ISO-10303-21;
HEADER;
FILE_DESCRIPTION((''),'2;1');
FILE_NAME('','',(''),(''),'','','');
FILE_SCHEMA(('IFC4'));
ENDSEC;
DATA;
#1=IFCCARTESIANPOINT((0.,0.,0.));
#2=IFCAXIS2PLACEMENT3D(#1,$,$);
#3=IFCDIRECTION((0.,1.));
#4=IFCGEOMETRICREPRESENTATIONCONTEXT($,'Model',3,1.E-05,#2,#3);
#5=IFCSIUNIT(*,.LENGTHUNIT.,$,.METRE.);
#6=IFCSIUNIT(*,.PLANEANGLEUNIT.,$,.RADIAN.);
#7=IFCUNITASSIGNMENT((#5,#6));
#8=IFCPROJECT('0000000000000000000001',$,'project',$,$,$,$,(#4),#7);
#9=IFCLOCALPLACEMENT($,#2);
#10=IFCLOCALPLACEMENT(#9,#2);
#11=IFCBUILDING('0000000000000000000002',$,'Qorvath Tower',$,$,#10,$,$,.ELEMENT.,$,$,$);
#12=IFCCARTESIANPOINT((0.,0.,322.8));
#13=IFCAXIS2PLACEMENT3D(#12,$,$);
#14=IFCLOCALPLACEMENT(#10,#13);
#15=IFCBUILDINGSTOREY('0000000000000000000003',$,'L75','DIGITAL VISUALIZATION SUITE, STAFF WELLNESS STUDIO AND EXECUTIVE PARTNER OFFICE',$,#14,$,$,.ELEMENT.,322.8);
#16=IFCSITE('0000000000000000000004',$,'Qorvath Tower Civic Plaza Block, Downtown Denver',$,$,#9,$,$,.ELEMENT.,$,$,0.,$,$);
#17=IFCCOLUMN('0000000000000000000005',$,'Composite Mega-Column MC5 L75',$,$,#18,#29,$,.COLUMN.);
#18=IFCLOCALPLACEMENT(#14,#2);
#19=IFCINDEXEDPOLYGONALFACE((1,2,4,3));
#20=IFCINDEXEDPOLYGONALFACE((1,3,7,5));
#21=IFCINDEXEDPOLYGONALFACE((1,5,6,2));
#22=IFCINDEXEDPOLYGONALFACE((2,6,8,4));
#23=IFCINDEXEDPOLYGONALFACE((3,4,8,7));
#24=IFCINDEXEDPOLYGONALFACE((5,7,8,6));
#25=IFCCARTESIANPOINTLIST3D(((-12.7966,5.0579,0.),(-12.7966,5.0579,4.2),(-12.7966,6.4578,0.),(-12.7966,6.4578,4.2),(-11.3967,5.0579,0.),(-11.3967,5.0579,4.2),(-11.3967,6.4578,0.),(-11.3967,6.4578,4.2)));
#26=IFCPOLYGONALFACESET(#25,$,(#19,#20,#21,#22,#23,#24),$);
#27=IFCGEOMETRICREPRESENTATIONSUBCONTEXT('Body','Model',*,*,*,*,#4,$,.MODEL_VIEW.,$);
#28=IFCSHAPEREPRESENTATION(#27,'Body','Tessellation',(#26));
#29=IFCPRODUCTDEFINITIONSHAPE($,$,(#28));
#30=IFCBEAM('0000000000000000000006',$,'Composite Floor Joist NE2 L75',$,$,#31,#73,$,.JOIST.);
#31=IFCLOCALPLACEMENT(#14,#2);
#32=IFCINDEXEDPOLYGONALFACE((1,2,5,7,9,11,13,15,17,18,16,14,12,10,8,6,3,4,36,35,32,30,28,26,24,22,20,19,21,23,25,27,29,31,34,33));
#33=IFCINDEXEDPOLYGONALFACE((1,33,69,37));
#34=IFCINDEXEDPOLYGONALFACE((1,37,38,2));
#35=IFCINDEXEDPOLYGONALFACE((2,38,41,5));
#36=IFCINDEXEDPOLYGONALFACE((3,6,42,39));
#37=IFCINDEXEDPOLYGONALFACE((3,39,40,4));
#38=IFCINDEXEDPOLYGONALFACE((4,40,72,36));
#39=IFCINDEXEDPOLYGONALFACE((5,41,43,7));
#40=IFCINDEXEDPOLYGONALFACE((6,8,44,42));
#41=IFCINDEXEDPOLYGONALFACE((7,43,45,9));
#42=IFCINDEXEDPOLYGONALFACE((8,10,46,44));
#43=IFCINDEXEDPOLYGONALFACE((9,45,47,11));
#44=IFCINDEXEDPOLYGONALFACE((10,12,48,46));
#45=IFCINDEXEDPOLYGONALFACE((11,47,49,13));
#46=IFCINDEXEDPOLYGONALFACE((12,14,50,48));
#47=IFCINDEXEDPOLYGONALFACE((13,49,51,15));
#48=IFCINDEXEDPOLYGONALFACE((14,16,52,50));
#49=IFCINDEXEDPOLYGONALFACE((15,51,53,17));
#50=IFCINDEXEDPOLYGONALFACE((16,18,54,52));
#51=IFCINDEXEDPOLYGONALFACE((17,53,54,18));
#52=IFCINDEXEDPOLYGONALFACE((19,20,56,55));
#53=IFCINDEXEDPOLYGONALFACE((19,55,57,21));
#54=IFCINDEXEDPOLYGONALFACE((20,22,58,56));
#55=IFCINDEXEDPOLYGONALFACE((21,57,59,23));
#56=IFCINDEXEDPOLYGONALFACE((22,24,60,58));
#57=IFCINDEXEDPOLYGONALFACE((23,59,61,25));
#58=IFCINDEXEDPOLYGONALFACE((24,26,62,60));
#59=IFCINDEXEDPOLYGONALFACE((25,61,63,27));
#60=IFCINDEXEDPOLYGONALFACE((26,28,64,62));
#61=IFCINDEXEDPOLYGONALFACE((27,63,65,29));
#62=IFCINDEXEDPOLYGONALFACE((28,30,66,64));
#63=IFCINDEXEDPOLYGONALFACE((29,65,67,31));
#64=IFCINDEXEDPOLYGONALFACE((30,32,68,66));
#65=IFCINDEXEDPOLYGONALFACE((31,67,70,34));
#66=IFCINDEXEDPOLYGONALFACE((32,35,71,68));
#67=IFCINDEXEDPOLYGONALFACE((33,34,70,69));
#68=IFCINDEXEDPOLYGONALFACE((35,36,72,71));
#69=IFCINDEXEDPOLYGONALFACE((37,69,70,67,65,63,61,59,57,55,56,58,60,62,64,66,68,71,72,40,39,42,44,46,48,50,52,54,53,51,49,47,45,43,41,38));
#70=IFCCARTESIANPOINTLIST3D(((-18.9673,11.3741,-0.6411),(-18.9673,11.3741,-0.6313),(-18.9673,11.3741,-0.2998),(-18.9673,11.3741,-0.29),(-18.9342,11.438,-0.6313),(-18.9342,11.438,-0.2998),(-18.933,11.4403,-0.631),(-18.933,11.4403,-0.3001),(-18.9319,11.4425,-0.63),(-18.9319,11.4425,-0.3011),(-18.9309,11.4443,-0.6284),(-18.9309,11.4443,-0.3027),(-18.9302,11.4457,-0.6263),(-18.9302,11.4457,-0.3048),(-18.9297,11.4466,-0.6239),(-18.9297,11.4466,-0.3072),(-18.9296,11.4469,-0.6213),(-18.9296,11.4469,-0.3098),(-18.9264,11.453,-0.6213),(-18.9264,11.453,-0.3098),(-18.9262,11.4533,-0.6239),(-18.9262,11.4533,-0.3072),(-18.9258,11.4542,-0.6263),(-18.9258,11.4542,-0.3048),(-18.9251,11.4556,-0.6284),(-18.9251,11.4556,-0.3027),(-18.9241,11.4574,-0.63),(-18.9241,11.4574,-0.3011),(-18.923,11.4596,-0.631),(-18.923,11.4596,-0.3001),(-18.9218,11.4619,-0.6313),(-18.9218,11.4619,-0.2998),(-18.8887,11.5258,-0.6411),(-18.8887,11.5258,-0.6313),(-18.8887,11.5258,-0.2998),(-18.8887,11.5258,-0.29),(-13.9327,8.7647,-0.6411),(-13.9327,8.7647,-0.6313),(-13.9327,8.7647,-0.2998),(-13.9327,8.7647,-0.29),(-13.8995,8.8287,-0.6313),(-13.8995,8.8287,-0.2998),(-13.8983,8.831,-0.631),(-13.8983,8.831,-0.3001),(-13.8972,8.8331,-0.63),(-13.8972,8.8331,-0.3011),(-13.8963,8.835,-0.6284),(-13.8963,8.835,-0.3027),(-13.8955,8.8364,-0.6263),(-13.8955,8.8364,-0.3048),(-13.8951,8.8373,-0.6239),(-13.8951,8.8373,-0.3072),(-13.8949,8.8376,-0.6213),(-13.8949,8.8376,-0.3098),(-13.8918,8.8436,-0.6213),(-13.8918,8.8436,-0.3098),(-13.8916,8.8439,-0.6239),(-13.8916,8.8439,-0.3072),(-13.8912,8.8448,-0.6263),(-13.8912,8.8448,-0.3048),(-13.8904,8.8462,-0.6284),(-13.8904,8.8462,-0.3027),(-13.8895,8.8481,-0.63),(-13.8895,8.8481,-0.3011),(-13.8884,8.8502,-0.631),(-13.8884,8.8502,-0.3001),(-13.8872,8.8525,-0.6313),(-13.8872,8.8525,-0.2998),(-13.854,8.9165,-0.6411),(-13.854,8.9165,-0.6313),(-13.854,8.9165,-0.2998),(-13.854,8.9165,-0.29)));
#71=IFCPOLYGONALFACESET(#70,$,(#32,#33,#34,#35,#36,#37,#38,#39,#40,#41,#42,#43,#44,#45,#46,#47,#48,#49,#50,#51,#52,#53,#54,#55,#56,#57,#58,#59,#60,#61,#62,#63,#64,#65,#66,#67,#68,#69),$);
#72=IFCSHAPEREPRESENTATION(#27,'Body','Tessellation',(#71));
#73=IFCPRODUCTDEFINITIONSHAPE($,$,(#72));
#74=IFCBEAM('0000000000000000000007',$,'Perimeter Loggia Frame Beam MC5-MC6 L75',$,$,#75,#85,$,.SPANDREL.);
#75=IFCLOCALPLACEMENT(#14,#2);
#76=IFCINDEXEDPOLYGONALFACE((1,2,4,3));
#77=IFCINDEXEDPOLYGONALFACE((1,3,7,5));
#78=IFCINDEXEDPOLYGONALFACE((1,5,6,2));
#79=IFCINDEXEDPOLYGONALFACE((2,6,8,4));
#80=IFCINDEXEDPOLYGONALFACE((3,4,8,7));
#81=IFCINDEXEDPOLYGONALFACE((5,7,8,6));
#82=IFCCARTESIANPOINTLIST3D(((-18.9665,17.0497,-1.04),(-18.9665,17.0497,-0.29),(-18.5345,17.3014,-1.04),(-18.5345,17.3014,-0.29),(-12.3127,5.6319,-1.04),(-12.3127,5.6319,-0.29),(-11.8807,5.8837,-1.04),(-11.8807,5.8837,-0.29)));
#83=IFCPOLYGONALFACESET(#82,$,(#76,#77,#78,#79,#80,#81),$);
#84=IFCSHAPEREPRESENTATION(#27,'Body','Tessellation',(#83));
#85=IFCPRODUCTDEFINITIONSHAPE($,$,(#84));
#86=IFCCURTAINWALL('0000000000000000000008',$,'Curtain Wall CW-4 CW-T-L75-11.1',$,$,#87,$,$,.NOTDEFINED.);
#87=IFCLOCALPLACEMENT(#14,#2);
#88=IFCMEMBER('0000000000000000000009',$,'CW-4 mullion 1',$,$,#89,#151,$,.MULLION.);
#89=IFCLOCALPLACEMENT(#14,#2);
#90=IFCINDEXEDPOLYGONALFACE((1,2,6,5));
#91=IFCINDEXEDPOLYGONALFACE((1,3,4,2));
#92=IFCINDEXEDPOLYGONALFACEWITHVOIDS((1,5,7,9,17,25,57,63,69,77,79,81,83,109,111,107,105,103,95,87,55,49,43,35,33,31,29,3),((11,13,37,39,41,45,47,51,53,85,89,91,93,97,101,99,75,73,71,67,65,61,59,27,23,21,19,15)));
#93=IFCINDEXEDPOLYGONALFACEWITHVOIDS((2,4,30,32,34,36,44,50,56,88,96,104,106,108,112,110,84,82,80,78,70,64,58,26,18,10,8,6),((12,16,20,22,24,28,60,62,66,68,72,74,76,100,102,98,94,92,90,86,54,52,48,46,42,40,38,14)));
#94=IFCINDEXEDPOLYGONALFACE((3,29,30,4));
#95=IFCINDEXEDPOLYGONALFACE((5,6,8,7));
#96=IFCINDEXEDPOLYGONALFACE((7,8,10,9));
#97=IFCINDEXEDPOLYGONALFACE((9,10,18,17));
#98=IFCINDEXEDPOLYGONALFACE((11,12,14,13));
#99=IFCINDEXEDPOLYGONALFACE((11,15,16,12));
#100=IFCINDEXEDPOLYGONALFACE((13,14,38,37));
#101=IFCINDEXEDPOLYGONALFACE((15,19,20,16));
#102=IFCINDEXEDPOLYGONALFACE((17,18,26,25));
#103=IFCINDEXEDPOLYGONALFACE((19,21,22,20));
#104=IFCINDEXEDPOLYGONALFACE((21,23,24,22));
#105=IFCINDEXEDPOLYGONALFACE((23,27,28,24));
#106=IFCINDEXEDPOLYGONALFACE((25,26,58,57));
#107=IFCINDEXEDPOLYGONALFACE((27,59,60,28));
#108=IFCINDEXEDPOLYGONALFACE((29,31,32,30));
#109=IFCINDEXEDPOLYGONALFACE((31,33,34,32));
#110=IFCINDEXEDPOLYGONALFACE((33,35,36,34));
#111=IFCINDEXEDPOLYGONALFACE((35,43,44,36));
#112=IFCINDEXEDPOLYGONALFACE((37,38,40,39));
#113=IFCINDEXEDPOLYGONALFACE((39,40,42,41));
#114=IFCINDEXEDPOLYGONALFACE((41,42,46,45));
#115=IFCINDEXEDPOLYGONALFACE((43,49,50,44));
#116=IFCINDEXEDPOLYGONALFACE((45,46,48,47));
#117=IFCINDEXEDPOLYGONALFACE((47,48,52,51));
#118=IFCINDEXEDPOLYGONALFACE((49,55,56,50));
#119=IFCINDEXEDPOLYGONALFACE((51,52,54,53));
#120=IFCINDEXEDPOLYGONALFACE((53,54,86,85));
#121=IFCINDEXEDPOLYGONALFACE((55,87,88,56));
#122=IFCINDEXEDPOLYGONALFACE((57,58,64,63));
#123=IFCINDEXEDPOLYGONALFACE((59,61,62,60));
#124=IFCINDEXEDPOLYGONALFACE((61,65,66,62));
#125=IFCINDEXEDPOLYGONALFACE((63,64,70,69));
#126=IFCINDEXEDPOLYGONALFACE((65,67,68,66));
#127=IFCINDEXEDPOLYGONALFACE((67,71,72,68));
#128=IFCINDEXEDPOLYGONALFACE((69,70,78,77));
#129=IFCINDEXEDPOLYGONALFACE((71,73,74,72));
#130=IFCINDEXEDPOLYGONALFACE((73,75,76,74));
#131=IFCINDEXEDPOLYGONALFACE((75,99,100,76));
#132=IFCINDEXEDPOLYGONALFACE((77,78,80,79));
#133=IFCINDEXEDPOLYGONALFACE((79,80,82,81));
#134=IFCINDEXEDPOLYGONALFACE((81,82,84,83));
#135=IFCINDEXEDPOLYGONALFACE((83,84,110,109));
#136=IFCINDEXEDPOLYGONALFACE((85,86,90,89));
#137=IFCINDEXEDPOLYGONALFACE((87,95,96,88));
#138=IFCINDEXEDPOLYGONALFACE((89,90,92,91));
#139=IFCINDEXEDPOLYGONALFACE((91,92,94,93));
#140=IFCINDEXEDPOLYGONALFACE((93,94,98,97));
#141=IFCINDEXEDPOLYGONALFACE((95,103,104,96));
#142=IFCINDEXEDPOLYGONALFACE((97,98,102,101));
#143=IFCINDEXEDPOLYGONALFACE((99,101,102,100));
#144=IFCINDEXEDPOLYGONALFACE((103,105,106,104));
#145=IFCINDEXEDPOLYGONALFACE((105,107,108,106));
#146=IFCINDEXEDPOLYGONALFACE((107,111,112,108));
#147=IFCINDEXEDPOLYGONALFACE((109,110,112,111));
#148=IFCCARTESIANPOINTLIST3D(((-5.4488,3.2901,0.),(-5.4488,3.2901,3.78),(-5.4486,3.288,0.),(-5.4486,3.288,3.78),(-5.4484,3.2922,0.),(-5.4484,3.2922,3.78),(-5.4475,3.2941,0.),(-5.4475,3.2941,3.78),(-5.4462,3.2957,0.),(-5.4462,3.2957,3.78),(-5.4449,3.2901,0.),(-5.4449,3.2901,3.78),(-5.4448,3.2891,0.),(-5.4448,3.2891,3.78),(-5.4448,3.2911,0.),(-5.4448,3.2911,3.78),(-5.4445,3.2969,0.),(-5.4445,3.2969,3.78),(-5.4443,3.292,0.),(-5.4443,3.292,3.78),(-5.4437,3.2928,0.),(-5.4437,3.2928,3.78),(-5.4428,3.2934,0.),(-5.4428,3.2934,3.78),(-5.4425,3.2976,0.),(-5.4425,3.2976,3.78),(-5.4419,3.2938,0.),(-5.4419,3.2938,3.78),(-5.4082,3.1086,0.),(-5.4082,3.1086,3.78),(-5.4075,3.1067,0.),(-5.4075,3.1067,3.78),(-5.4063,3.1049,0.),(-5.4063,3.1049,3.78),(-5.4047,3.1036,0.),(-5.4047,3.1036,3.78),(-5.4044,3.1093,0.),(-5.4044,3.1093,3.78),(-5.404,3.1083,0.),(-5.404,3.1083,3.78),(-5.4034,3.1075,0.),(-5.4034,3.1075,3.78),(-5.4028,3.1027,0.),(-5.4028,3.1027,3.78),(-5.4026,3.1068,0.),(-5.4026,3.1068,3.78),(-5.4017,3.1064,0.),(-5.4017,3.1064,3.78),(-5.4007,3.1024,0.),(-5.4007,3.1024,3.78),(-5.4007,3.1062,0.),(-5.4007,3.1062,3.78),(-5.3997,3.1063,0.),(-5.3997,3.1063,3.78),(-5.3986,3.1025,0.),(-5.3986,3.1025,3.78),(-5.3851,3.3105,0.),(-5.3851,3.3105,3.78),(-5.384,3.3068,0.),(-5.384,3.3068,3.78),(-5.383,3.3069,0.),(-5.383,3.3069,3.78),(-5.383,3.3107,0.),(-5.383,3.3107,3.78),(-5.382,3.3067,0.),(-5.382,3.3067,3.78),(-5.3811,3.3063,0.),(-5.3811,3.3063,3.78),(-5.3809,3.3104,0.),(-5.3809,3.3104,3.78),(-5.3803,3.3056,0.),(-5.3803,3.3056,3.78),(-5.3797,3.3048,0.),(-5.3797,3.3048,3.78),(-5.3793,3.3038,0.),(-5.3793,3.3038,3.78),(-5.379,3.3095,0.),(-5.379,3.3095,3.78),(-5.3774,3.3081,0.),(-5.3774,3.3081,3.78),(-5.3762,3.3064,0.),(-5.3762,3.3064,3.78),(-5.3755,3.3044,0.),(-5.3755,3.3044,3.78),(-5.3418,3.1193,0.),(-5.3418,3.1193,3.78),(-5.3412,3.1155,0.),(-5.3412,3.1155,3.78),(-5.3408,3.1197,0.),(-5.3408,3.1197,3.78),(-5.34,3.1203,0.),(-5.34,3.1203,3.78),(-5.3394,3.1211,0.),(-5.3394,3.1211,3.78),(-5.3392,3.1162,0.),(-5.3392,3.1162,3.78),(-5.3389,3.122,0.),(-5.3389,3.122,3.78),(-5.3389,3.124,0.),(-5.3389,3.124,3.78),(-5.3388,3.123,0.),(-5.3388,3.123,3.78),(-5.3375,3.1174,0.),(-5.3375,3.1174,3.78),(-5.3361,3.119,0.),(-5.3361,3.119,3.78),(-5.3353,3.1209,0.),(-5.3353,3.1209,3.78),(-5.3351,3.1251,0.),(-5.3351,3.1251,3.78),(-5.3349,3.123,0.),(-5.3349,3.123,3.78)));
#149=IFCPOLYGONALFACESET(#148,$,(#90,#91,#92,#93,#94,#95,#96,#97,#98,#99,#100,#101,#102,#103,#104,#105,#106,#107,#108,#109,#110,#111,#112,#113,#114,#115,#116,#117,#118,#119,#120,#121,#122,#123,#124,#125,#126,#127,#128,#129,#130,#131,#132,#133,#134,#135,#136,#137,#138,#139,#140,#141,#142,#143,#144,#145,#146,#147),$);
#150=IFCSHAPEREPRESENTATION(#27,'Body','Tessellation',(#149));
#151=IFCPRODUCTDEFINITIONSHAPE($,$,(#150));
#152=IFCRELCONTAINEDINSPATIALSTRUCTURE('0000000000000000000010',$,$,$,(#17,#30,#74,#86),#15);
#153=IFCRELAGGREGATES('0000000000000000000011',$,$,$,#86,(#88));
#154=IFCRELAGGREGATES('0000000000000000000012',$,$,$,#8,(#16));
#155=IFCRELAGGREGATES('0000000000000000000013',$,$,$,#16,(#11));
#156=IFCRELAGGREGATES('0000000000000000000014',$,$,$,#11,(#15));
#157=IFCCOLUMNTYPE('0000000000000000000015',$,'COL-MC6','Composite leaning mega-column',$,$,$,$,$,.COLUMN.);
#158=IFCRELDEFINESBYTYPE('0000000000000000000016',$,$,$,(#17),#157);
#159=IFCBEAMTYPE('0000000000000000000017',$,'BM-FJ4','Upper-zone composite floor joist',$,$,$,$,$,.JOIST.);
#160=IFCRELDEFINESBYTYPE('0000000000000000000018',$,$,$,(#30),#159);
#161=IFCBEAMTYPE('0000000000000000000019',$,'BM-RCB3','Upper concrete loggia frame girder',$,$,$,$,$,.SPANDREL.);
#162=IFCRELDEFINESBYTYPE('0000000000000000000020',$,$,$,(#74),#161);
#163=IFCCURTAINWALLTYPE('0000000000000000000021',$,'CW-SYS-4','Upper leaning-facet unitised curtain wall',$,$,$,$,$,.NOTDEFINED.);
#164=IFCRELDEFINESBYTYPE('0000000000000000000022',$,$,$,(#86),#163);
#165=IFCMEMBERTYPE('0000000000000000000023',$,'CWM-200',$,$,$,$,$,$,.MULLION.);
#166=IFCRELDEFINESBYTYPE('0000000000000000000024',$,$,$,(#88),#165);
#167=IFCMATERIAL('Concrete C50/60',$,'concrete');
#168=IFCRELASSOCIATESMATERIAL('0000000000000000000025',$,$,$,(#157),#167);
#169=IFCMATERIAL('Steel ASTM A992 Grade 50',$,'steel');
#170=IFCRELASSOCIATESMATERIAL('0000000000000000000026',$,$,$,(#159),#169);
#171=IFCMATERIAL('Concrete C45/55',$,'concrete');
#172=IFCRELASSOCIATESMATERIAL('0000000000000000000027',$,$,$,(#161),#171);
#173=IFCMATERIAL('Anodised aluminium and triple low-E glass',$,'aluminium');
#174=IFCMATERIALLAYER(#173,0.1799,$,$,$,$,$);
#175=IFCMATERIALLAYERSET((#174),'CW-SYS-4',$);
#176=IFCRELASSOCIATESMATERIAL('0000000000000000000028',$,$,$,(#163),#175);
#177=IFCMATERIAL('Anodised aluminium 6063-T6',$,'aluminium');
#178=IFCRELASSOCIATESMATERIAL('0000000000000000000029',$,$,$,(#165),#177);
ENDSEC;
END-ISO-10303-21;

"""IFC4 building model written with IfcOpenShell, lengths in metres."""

from ifc_helpers import new_model, si_unit, direction, frame, origin, origin_2d, place, context, subcontext, project, spatial, rectangle, hollow_rectangle, i_section, extrude, material, layer, layer_set, material_profile, profile_set, type_object, element, aggregate, save


model = new_model("IFC4")

# Units and contexts
model_context = context("Model", 3, precision=1e-05, world=origin(), true_north=direction((0.0, 1.0)))
body_context = subcontext(model_context, "Body", "Model", "MODEL_VIEW")
ifc_project = project(units=[si_unit("LENGTHUNIT", "METRE"), si_unit("PLANEANGLEUNIT", "RADIAN")], contexts=[model_context])

# Site, building, storey
site_placement = place(None, origin())
site = spatial("IfcSite", under=ifc_project, at=site_placement, Name="Qorvath Tower Civic Plaza Block, Downtown Denver", CompositionType="ELEMENT", RefElevation=0.0)
building_placement = place(site_placement, origin())
building = spatial("IfcBuilding", under=site, at=building_placement, Name="Qorvath Tower", CompositionType="ELEMENT")
storey_placement = place(building_placement, frame((0.0, 0.0, 322.8)))
storey = spatial("IfcBuildingStorey", under=building, at=storey_placement, Name="L75", Description="DIGITAL VISUALIZATION SUITE, STAFF WELLNESS STUDIO AND EXECUTIVE PARTNER OFFICE", CompositionType="ELEMENT", Elevation=322.8)

# Column
ifc_material_1 = material(Name="Concrete C50/60", Category="concrete")
ifc_material_profile_1 = material_profile(ifc_material_1, rectangle(XDim=1.3999, YDim=1.3999, at=origin_2d()), Name="MC 1400x1400")
ifc_profile_set_1 = profile_set([ifc_material_profile_1], Name="Concrete C50/60")
column_type = type_object("IfcColumnType", Name="COL-MC6", Description="Composite leaning mega-column", PredefinedType="COLUMN", material=ifc_profile_set_1)
column_placement = place(storey_placement, frame((-12.0967, 5.7578, 0.0), z_axis=(0.0, 0.0, 1.0), x_axis=(1.0, 0.0, 0.0)))
element("IfcColumn", 1, at=column_placement, inside=storey, type_object=column_type, Name="Composite Mega-Column MC5 L75", PredefinedType="COLUMN", context=body_context, shape_type="SweptSolid", body=[
    extrude(rectangle(XDim=1.3999, YDim=1.3999, at=origin_2d()), origin(), (0.0, 0.0, 1.0), 4.2),
])

# Beams
ifc_material_2 = material(Name="Steel ASTM A992 Grade 50", Category="steel")
ifc_material_profile_2 = material_profile(ifc_material_2, i_section(OverallWidth=0.1709, OverallDepth=0.3511, WebThickness=0.0068, FlangeThickness=0.0098, FilletRadius=0.01, at=origin_2d()), Name="W14x30")
ifc_profile_set_2 = profile_set([ifc_material_profile_2], Name="Steel ASTM A992 Grade 50")
beam_type_1 = type_object("IfcBeamType", Name="BM-FJ4", Description="Upper-zone composite floor joist", PredefinedType="JOIST", material=ifc_profile_set_2)
beam_1_placement = place(storey_placement, frame((-18.928, 11.45, -0.4656), z_axis=(0.887841, -0.460151, 0.0), x_axis=(0.460151, 0.887841, 0.0)))
element("IfcBeam", 2, at=beam_1_placement, inside=storey, type_object=beam_type_1, Name="Composite Floor Joist NE2 L75", PredefinedType="JOIST", context=body_context, shape_type="SweptSolid", body=[
    extrude(i_section(OverallWidth=0.1709, OverallDepth=0.3511, WebThickness=0.0068, FlangeThickness=0.0098, FilletRadius=0.01, at=origin_2d()), origin(), (0.0, 0.0, 1.0), 5.6707),
])
ifc_material_3 = material(Name="Concrete C45/55", Category="concrete")
ifc_material_profile_3 = material_profile(ifc_material_3, rectangle(XDim=0.5, YDim=0.75, at=origin_2d()), Name="RCB 750x500")
ifc_profile_set_3 = profile_set([ifc_material_profile_3], Name="Concrete C45/55")
beam_type_2 = type_object("IfcBeamType", Name="BM-RCB3", Description="Upper concrete loggia frame girder", PredefinedType="SPANDREL", material=ifc_profile_set_3)
beam_2_placement = place(storey_placement, frame((-12.0967, 5.7578, -0.665), z_axis=(-0.503502, 0.863994, 0.0), x_axis=(-0.863994, -0.503502, 0.0)))
element("IfcBeam", 3, at=beam_2_placement, inside=storey, type_object=beam_type_2, Name="Perimeter Loggia Frame Beam MC5-MC6 L75", PredefinedType="SPANDREL", context=body_context, shape_type="SweptSolid", body=[
    extrude(rectangle(XDim=0.5, YDim=0.75, at=origin_2d()), origin(), (0.0, 0.0, 1.0), 13.2151),
])

# Curtain wall, member
ifc_material_4 = material(Name="Anodised aluminium and triple low-E glass", Category="aluminium")
ifc_layer_1 = layer(ifc_material_4, 0.1799)
ifc_layer_set_1 = layer_set([ifc_layer_1], Name="CW-SYS-4")
curtain_wall_type = type_object("IfcCurtainWallType", Name="CW-SYS-4", Description="Upper leaning-facet unitised curtain wall", PredefinedType="NOTDEFINED", material=ifc_layer_set_1)
curtain_wall_1_placement = place(storey_placement, origin())
curtain_wall_1 = element("IfcCurtainWall", 4, at=curtain_wall_1_placement, inside=storey, type_object=curtain_wall_type, Name="Curtain Wall CW-4 CW-T-L75-11.1", PredefinedType="NOTDEFINED")
ifc_material_5 = material(Name="Anodised aluminium 6063-T6", Category="aluminium")
ifc_material_profile_4 = material_profile(ifc_material_5, hollow_rectangle(XDim=0.075, YDim=0.2, WallThickness=0.0039, InnerFilletRadius=0.0039, OuterFilletRadius=0.0081, at=origin_2d()), Name="CWM 200x75")
ifc_profile_set_4 = profile_set([ifc_material_profile_4], Name="Anodised aluminium 6063-T6")
member_type_1 = type_object("IfcMemberType", Name="CWM-200", PredefinedType="MULLION", material=ifc_profile_set_4)
member_1_placement = place(storey_placement, frame((-5.3918, 3.2065, 0.0), z_axis=(0.0, 0.0, 1.0), x_axis=(-0.975582, -0.219634, 0.0)))
member_1 = element("IfcMember", 5, at=member_1_placement, type_object=member_type_1, Name="CW-4 mullion 1", PredefinedType="MULLION", context=body_context, shape_type="SweptSolid", body=[
    extrude(hollow_rectangle(XDim=0.075, YDim=0.2, WallThickness=0.0039, InnerFilletRadius=0.0039, OuterFilletRadius=0.0081, at=origin_2d()), origin(), (0.0, 0.0, 1.0), 3.78),
])

aggregate(curtain_wall_1, [member_1])

save(model, "model.ifc")
